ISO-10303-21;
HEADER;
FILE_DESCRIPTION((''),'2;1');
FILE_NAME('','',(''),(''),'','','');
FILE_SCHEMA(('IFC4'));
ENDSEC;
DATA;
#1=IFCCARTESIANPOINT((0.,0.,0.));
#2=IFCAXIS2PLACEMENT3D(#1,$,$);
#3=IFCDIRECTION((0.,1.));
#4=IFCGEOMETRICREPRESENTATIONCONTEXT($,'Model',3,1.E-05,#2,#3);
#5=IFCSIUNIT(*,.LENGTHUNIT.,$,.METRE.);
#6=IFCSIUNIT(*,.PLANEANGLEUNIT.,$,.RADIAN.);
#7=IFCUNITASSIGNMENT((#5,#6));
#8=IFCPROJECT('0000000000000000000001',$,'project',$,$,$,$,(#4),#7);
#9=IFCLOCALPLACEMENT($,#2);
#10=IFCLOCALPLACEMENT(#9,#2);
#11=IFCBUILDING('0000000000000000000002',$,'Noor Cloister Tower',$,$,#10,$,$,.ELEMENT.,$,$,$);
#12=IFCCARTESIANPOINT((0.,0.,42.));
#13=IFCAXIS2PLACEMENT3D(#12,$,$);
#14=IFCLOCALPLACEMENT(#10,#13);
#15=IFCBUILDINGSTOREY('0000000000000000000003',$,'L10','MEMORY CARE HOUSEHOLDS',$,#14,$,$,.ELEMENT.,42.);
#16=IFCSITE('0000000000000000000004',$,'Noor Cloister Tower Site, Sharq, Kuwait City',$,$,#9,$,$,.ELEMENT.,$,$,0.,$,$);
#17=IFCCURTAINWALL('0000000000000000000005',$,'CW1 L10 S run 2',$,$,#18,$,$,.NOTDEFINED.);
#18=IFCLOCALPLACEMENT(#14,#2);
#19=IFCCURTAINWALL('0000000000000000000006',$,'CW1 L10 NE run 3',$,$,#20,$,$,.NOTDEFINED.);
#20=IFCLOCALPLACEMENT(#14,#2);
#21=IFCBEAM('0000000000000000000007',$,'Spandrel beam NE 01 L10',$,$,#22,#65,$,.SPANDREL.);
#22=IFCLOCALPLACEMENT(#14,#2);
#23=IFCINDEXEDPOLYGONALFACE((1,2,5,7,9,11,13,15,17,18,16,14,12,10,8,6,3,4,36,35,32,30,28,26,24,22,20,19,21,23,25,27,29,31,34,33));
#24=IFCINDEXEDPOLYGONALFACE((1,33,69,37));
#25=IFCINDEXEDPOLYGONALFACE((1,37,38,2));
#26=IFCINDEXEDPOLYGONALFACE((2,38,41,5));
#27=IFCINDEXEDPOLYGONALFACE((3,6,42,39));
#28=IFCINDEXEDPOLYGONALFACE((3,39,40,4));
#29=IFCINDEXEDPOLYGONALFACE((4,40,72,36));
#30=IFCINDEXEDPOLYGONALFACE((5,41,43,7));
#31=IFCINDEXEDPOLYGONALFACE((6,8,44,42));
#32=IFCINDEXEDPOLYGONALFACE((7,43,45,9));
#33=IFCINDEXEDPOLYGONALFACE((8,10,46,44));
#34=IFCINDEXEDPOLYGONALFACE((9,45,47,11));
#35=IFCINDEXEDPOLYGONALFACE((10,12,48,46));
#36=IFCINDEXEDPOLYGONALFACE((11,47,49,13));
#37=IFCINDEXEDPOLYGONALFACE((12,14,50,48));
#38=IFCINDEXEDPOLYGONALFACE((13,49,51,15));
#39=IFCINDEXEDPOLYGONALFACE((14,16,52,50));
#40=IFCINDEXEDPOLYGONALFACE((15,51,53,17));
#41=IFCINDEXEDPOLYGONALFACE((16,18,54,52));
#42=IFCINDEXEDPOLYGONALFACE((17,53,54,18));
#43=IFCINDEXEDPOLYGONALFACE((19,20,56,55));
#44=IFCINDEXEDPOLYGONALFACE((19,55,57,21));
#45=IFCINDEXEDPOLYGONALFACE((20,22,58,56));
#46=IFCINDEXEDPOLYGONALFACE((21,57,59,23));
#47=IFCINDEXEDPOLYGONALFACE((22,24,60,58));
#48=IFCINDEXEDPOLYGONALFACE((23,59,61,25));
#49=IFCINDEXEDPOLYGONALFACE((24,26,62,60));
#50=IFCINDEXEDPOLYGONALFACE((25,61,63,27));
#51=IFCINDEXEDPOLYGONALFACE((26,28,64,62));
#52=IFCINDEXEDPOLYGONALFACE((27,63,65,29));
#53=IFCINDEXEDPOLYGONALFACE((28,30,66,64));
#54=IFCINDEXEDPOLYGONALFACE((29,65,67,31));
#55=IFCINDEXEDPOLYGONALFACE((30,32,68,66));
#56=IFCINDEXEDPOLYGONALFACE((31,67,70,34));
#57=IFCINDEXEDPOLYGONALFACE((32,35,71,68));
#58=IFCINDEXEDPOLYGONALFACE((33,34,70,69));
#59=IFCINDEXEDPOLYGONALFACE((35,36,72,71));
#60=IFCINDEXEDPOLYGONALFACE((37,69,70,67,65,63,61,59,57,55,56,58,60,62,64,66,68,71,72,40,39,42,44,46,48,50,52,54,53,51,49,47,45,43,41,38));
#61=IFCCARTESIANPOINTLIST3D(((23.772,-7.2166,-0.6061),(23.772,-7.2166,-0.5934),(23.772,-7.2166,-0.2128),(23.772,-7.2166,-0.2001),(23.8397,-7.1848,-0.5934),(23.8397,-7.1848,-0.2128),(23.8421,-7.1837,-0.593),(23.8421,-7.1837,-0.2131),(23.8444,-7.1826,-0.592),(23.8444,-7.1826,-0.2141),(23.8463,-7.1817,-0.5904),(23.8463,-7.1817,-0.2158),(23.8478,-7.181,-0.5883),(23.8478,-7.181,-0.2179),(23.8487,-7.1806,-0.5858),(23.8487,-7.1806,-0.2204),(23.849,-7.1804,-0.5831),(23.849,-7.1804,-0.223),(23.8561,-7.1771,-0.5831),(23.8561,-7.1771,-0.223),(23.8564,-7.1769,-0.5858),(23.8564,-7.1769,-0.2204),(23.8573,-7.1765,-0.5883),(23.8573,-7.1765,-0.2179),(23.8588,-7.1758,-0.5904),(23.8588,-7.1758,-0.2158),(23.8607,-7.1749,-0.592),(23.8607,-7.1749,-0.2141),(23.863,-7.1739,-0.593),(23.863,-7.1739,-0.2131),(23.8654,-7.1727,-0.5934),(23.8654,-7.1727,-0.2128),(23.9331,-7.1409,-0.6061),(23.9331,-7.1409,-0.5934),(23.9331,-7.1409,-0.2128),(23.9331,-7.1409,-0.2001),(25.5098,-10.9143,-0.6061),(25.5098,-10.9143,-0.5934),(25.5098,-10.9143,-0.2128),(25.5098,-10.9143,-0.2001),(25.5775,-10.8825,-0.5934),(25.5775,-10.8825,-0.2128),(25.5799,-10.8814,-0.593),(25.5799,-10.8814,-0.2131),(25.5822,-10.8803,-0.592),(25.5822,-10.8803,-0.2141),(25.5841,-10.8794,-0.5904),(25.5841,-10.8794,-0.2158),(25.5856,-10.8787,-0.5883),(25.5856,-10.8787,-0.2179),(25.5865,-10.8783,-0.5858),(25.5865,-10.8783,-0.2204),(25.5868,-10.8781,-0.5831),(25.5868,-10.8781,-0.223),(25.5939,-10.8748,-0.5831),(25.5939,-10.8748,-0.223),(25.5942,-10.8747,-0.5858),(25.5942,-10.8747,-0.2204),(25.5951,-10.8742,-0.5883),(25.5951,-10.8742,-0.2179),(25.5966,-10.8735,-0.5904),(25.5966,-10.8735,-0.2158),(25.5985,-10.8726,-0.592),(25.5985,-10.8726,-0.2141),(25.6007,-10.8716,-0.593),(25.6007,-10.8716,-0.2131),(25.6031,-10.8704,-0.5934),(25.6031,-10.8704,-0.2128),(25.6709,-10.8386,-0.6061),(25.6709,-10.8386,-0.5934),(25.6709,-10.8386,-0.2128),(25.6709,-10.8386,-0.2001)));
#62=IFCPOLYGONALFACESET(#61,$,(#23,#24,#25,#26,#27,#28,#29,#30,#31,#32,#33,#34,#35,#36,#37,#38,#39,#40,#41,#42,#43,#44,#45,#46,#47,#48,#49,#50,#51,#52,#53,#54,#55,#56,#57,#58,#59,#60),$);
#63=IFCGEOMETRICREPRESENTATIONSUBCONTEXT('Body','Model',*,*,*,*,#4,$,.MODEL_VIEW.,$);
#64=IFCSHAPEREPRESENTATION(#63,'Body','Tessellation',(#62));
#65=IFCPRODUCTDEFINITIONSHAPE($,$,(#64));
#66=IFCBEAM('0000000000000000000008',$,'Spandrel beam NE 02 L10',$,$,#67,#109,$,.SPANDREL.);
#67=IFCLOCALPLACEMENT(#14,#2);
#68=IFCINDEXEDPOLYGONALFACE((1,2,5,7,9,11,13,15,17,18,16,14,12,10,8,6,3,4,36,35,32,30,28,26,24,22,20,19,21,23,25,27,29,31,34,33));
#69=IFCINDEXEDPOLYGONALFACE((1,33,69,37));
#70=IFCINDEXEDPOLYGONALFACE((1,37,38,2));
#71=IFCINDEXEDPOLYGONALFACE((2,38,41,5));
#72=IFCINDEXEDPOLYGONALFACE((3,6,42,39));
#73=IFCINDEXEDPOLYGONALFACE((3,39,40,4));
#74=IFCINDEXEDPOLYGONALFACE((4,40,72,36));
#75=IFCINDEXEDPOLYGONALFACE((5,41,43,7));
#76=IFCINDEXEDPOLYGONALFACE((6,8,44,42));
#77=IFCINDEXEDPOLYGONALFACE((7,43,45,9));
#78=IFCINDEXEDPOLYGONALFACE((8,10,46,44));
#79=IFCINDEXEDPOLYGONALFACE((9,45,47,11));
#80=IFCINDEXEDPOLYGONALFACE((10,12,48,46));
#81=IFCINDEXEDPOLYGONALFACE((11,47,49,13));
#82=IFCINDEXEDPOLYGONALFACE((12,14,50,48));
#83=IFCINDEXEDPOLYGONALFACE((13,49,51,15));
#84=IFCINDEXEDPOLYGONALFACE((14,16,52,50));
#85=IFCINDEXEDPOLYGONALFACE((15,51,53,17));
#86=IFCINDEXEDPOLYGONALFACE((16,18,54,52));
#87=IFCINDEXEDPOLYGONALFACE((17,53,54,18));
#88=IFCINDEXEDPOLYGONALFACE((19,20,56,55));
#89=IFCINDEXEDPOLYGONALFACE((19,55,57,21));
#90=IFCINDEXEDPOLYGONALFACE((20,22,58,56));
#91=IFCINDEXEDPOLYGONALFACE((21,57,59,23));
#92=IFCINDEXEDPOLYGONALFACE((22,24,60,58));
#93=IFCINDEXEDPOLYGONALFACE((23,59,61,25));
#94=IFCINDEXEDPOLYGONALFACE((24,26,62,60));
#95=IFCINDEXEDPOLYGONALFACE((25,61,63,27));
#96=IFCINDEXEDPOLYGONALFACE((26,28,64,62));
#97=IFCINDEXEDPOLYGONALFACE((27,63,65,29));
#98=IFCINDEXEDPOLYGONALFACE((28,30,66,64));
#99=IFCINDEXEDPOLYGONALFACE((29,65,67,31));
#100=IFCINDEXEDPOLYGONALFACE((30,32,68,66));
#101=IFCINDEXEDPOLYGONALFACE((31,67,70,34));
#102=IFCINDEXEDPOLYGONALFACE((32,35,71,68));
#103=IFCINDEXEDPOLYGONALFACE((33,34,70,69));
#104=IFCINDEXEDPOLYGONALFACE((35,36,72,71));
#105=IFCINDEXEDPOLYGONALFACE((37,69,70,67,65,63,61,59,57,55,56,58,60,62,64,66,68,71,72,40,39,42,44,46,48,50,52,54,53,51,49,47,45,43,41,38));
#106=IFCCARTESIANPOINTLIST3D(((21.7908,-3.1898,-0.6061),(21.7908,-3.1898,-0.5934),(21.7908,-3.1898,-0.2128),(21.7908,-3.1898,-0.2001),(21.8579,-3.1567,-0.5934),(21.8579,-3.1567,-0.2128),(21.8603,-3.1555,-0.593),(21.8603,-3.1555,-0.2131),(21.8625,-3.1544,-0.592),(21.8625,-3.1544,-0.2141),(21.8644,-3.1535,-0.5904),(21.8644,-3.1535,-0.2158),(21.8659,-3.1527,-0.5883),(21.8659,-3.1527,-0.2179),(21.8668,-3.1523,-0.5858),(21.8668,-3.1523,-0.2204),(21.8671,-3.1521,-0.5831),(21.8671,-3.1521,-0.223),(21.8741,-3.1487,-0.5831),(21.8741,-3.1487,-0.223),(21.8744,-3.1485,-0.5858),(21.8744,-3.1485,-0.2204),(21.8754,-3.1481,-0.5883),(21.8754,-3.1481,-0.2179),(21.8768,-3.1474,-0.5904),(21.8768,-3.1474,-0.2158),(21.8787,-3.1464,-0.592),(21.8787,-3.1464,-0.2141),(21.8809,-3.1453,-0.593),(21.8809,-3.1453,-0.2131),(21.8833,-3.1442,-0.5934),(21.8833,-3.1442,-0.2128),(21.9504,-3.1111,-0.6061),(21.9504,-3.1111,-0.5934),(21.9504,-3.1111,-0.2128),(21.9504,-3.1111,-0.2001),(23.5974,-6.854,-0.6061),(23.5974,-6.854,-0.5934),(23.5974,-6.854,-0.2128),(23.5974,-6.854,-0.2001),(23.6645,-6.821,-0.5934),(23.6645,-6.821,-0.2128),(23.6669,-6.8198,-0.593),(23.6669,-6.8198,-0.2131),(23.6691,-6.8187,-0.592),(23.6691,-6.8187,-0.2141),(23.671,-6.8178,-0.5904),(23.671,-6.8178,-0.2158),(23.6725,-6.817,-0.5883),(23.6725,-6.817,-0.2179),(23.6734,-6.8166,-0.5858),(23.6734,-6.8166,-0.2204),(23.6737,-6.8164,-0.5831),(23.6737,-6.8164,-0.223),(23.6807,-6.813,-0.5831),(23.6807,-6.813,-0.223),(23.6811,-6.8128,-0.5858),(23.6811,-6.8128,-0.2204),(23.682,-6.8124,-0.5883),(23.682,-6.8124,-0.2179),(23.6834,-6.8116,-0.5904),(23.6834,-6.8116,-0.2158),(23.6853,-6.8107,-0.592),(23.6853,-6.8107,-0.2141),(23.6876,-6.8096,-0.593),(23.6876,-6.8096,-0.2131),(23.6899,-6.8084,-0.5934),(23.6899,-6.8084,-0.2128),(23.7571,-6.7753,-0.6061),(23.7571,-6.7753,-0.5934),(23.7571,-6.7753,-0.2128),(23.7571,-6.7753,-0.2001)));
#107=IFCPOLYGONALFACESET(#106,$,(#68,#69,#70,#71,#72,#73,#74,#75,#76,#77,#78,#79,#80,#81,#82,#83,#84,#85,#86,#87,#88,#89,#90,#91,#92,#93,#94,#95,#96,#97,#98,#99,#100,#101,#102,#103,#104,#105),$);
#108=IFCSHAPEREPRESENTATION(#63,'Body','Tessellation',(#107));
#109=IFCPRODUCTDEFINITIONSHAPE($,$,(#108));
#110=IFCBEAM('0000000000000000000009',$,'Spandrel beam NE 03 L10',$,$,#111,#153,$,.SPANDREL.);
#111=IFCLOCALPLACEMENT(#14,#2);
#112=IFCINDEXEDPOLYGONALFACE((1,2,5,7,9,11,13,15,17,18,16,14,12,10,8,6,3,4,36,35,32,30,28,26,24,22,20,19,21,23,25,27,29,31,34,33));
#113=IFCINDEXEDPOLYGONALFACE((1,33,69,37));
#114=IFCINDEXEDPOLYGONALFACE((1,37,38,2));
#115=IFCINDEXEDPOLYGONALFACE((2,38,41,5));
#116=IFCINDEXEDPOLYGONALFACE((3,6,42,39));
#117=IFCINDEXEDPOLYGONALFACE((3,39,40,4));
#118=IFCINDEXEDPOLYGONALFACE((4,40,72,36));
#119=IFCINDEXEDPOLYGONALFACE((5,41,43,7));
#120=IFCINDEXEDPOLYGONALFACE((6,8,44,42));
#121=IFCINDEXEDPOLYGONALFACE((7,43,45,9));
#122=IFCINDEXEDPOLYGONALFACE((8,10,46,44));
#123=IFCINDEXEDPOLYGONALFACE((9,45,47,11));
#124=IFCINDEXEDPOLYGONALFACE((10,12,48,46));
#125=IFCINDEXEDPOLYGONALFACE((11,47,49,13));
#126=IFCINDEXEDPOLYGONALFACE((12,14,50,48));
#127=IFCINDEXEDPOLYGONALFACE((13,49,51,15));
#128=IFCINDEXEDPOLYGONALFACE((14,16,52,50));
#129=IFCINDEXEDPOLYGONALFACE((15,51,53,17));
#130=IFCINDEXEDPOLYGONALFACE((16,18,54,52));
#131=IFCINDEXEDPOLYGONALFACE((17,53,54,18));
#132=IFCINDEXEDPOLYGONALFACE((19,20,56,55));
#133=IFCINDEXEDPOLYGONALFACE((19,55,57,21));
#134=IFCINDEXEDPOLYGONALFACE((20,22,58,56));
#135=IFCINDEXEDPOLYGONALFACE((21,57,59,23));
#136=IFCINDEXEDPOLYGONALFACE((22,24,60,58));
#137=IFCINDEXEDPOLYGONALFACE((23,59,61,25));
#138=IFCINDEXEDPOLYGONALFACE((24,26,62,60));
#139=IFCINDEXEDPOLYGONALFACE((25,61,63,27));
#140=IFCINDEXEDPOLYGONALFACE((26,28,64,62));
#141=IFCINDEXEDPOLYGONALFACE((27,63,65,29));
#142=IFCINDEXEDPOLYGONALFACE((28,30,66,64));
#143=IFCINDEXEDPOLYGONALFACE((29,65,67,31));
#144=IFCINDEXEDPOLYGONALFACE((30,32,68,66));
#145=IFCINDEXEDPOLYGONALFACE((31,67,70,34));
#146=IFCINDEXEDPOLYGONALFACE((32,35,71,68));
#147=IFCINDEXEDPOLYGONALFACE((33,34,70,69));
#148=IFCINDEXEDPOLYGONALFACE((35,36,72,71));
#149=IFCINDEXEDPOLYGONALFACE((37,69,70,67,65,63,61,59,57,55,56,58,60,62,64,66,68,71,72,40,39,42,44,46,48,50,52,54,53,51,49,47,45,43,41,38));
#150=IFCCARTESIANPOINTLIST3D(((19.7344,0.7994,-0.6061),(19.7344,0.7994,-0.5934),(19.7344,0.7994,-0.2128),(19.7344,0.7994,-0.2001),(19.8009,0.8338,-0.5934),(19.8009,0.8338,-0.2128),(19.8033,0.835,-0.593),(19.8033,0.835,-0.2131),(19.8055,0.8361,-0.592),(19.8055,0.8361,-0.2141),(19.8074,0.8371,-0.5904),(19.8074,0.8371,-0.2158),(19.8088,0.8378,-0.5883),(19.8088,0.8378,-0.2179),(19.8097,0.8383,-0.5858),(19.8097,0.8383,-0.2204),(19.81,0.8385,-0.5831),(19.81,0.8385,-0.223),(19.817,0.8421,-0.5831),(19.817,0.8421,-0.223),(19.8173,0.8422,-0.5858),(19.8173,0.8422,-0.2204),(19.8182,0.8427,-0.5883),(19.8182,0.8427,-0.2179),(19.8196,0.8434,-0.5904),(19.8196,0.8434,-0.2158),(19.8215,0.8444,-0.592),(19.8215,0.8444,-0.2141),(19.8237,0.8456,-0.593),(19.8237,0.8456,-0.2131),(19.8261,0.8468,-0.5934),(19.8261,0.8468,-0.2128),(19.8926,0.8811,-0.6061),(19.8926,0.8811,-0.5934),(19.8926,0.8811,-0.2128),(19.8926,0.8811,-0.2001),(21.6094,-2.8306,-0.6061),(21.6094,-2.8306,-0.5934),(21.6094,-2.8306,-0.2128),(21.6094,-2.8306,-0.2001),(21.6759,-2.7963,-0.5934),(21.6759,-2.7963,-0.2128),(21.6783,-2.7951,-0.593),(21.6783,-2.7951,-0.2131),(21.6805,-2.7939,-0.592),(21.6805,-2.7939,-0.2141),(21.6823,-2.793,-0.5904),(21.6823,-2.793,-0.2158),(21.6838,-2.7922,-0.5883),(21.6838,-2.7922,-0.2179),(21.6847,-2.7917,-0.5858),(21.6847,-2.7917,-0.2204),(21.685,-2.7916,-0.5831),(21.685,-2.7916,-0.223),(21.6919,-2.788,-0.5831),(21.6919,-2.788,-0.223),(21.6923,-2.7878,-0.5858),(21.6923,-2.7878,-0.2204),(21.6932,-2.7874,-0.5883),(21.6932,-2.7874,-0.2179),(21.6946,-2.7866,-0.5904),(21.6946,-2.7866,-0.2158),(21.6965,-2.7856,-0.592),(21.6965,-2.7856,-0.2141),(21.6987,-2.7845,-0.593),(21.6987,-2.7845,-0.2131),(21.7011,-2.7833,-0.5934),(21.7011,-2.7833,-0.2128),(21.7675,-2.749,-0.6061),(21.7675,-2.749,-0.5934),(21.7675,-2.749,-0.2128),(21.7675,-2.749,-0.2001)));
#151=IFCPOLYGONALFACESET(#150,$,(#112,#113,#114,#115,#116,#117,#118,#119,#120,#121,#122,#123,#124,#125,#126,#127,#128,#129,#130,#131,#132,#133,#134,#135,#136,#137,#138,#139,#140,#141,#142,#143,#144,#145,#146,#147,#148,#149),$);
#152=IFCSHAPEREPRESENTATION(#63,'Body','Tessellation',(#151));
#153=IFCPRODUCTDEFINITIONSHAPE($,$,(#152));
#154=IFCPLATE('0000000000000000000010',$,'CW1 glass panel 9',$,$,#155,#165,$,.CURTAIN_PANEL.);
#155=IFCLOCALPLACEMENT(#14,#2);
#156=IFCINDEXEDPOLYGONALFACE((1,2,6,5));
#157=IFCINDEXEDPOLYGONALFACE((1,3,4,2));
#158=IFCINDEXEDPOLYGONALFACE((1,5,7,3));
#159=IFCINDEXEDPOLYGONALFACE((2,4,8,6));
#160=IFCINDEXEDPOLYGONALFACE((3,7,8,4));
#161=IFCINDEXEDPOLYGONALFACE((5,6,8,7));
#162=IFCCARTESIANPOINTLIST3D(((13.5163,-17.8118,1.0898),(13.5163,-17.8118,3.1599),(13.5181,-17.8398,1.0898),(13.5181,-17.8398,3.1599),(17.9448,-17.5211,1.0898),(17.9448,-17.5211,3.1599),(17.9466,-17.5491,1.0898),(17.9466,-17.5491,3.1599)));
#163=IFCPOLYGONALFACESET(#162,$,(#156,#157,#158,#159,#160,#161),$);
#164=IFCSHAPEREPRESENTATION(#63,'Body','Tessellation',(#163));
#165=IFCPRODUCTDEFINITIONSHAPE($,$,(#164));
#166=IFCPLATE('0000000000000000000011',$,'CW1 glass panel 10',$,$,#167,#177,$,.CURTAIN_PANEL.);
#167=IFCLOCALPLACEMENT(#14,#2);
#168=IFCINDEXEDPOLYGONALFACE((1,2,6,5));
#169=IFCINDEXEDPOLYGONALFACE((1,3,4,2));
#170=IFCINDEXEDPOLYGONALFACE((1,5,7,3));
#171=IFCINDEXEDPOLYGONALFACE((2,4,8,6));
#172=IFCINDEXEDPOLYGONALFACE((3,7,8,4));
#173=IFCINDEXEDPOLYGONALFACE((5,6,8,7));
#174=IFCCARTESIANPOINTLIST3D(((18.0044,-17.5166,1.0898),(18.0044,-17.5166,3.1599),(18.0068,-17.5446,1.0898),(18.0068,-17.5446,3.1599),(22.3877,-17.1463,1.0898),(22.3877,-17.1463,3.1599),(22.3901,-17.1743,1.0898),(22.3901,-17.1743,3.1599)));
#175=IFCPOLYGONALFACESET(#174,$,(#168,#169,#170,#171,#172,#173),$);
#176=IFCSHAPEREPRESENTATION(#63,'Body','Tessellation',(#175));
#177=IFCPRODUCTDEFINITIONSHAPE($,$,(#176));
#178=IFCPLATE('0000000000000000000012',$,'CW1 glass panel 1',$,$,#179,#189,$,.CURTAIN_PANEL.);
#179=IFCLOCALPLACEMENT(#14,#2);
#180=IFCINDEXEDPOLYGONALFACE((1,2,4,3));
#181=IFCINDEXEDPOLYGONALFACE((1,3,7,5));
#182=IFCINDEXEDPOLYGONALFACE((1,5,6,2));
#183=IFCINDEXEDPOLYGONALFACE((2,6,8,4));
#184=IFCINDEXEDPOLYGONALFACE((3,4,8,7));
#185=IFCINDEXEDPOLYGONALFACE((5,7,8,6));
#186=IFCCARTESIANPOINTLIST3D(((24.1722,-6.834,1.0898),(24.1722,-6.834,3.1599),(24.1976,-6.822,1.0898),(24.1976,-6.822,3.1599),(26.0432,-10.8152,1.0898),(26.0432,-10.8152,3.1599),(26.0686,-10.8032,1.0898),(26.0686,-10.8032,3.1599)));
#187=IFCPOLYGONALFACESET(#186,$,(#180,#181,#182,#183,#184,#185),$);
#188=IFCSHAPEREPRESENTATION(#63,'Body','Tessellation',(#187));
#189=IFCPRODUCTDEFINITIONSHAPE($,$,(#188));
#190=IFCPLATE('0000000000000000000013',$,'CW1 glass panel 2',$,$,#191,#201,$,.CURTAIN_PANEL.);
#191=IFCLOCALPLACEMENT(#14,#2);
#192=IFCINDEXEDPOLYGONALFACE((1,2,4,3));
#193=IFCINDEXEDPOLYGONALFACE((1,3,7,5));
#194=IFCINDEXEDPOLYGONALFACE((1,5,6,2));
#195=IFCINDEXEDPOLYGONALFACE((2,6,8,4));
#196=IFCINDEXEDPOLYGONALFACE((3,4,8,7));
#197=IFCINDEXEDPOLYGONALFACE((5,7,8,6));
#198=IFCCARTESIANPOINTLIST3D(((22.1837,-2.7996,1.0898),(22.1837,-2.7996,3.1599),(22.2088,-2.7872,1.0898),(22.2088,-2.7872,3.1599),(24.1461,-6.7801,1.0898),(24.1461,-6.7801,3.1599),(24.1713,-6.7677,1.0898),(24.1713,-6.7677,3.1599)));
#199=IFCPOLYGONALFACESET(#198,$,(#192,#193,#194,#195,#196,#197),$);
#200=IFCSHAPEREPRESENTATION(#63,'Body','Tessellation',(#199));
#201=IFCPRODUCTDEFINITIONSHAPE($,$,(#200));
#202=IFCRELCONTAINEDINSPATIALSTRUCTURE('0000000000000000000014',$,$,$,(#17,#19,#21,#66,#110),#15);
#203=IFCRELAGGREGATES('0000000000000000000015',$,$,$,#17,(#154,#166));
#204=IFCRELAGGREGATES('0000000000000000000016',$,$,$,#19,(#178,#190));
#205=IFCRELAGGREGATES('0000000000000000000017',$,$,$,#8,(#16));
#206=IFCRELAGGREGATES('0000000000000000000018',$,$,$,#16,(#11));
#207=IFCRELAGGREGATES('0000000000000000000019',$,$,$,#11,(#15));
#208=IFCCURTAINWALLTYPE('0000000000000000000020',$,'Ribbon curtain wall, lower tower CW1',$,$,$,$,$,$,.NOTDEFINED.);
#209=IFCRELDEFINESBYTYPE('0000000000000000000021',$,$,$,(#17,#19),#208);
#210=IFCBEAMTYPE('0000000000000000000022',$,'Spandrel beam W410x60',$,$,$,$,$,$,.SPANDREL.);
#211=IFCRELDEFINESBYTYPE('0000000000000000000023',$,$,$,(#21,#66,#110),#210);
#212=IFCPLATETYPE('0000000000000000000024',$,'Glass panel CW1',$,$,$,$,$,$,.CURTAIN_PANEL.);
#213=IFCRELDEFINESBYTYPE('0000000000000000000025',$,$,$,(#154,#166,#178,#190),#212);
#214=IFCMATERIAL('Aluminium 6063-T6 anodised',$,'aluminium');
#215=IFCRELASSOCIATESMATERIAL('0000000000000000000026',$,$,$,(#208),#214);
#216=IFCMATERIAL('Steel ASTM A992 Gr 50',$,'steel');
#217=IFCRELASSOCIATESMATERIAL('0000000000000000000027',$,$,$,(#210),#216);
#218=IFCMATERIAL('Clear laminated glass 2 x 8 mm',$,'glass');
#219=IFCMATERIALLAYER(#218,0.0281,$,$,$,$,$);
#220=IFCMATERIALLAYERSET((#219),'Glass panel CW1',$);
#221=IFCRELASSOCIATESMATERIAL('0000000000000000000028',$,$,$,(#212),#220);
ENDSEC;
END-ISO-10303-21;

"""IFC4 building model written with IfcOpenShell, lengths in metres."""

from ifc_helpers import new_model, si_unit, direction, frame, origin, origin_2d, place, context, subcontext, project, spatial, rectangle, i_section, extrude, material, layer, layer_set, material_profile, profile_set, type_object, element, aggregate, save


model = new_model("IFC4")

# Units and contexts
model_context = context("Model", 3, precision=1e-05, world=origin(), true_north=direction((0.0, 1.0)))
body_context = subcontext(model_context, "Body", "Model", "MODEL_VIEW")
ifc_project = project(units=[si_unit("LENGTHUNIT", "METRE"), si_unit("PLANEANGLEUNIT", "RADIAN")], contexts=[model_context])

# Site, building, storey
site_placement = place(None, origin())
site = spatial("IfcSite", under=ifc_project, at=site_placement, Name="Noor Cloister Tower Site, Sharq, Kuwait City", CompositionType="ELEMENT", RefElevation=0.0)
building_placement = place(site_placement, origin())
building = spatial("IfcBuilding", under=site, at=building_placement, Name="Noor Cloister Tower", CompositionType="ELEMENT")
storey_placement = place(building_placement, frame((0.0, 0.0, 42.0)))
storey = spatial("IfcBuildingStorey", under=building, at=storey_placement, Name="L10", Description="MEMORY CARE HOUSEHOLDS", CompositionType="ELEMENT", Elevation=42.0)

# Curtain walls
ifc_material_1 = material(Name="Aluminium 6063-T6 anodised", Category="aluminium")
curtain_wall_type = type_object("IfcCurtainWallType", Name="Ribbon curtain wall, lower tower CW1", PredefinedType="NOTDEFINED", material=ifc_material_1)
curtain_wall_1_placement = place(storey_placement, origin())
curtain_wall_1 = element("IfcCurtainWall", 1, at=curtain_wall_1_placement, inside=storey, type_object=curtain_wall_type, Name="CW1 L10 S run 2", PredefinedType="NOTDEFINED")
curtain_wall_2_placement = place(storey_placement, origin())
curtain_wall_2 = element("IfcCurtainWall", 2, at=curtain_wall_2_placement, inside=storey, type_object=curtain_wall_type, Name="CW1 L10 NE run 3", PredefinedType="NOTDEFINED")

# Beams
ifc_material_2 = material(Name="Steel ASTM A992 Gr 50", Category="steel")
ifc_material_profile_1 = material_profile(ifc_material_2, i_section(OverallWidth=0.178, OverallDepth=0.406, WebThickness=0.0078, FlangeThickness=0.0127, FilletRadius=0.0103, at=origin_2d()), Name="W410x60")
ifc_profile_set_1 = profile_set([ifc_material_profile_1], Name="Steel ASTM A992 Gr 50")
beam_type_1 = type_object("IfcBeamType", Name="Spandrel beam W410x60", PredefinedType="SPANDREL", material=ifc_profile_set_1)
beam_1_placement = place(storey_placement, frame((25.5903, -10.8765, -0.4031), z_axis=(-0.425331, 0.905038, 0.0), x_axis=(-0.905038, -0.425331, 0.0)))
element("IfcBeam", 3, at=beam_1_placement, inside=storey, type_object=beam_type_1, Name="Spandrel beam NE 01 L10", PredefinedType="SPANDREL", context=body_context, shape_type="SweptSolid", body=[
    extrude(i_section(OverallWidth=0.178, OverallDepth=0.406, WebThickness=0.0078, FlangeThickness=0.0127, FilletRadius=0.0103, at=origin_2d()), origin(), (0.0, 0.0, 1.0), 4.0857),
])
beam_2_placement = place(storey_placement, frame((23.6772, -6.8147, -0.4031), z_axis=(-0.442211, 0.896911, 0.0), x_axis=(-0.896911, -0.442211, 0.0)))
element("IfcBeam", 4, at=beam_2_placement, inside=storey, type_object=beam_type_1, Name="Spandrel beam NE 02 L10", PredefinedType="SPANDREL", context=body_context, shape_type="SweptSolid", body=[
    extrude(i_section(OverallWidth=0.178, OverallDepth=0.406, WebThickness=0.0078, FlangeThickness=0.0127, FilletRadius=0.0103, at=origin_2d()), origin(), (0.0, 0.0, 1.0), 4.0854),
])
beam_3_placement = place(storey_placement, frame((21.6885, -2.7898, -0.4031), z_axis=(-0.458911, 0.888482, 0.0), x_axis=(-0.888482, -0.458911, 0.0)))
element("IfcBeam", 5, at=beam_3_placement, inside=storey, type_object=beam_type_1, Name="Spandrel beam NE 03 L10", PredefinedType="SPANDREL", context=body_context, shape_type="SweptSolid", body=[
    extrude(i_section(OverallWidth=0.178, OverallDepth=0.406, WebThickness=0.0078, FlangeThickness=0.0127, FilletRadius=0.0103, at=origin_2d()), origin(), (0.0, 0.0, 1.0), 4.0857),
])

# Plates
ifc_material_3 = material(Name="Clear laminated glass 2 x 8 mm", Category="glass")
ifc_layer_1 = layer(ifc_material_3, 0.0281)
ifc_layer_set_1 = layer_set([ifc_layer_1], Name="Glass panel CW1")
plate_type = type_object("IfcPlateType", Name="Glass panel CW1", PredefinedType="CURTAIN_PANEL", material=ifc_layer_set_1)
plate_1_placement = place(storey_placement, frame((15.7314, -17.6804, 1.0898), z_axis=(0.0, 0.0, 1.0), x_axis=(0.997853, 0.065499, 0.0)))
plate_1 = element("IfcPlate", 6, at=plate_1_placement, type_object=plate_type, Name="CW1 glass panel 9", PredefinedType="CURTAIN_PANEL", context=body_context, shape_type="SweptSolid", body=[
    extrude(rectangle(XDim=4.438, YDim=0.0281, at=origin_2d()), origin(), (0.0, 0.0, 1.0), 2.0701),
])
plate_2_placement = place(storey_placement, frame((20.1973, -17.3455, 1.0898), z_axis=(0.0, 0.0, 1.0), x_axis=(0.996451, 0.084174, 0.0)))
plate_2 = element("IfcPlate", 7, at=plate_2_placement, type_object=plate_type, Name="CW1 glass panel 10", PredefinedType="CURTAIN_PANEL", context=body_context, shape_type="SweptSolid", body=[
    extrude(rectangle(XDim=4.3989, YDim=0.0281, at=origin_2d()), origin(), (0.0, 0.0, 1.0), 2.0701),
])
aggregate(curtain_wall_1, [plate_1, plate_2])
plate_3_placement = place(storey_placement, frame((25.1204, -8.8186, 1.0898), z_axis=(0.0, 0.0, 1.0), x_axis=(-0.425329, 0.905039, 0.0)))
plate_3 = element("IfcPlate", 8, at=plate_3_placement, type_object=plate_type, Name="CW1 glass panel 1", PredefinedType="CURTAIN_PANEL", context=body_context, shape_type="SweptSolid", body=[
    extrude(rectangle(XDim=4.3989, YDim=0.0281, at=origin_2d()), origin(), (0.0, 0.0, 1.0), 2.0701),
])
plate_4_placement = place(storey_placement, frame((23.1775, -4.7837, 1.0898), z_axis=(0.0, 0.0, 1.0), x_axis=(-0.442202, 0.896915, 0.0)))
plate_4 = element("IfcPlate", 9, at=plate_4_placement, type_object=plate_type, Name="CW1 glass panel 2", PredefinedType="CURTAIN_PANEL", context=body_context, shape_type="SweptSolid", body=[
    extrude(rectangle(XDim=4.438, YDim=0.0281, at=origin_2d()), origin(), (0.0, 0.0, 1.0), 2.0701),
])
aggregate(curtain_wall_2, [plate_3, plate_4])

save(model, "model.ifc")
